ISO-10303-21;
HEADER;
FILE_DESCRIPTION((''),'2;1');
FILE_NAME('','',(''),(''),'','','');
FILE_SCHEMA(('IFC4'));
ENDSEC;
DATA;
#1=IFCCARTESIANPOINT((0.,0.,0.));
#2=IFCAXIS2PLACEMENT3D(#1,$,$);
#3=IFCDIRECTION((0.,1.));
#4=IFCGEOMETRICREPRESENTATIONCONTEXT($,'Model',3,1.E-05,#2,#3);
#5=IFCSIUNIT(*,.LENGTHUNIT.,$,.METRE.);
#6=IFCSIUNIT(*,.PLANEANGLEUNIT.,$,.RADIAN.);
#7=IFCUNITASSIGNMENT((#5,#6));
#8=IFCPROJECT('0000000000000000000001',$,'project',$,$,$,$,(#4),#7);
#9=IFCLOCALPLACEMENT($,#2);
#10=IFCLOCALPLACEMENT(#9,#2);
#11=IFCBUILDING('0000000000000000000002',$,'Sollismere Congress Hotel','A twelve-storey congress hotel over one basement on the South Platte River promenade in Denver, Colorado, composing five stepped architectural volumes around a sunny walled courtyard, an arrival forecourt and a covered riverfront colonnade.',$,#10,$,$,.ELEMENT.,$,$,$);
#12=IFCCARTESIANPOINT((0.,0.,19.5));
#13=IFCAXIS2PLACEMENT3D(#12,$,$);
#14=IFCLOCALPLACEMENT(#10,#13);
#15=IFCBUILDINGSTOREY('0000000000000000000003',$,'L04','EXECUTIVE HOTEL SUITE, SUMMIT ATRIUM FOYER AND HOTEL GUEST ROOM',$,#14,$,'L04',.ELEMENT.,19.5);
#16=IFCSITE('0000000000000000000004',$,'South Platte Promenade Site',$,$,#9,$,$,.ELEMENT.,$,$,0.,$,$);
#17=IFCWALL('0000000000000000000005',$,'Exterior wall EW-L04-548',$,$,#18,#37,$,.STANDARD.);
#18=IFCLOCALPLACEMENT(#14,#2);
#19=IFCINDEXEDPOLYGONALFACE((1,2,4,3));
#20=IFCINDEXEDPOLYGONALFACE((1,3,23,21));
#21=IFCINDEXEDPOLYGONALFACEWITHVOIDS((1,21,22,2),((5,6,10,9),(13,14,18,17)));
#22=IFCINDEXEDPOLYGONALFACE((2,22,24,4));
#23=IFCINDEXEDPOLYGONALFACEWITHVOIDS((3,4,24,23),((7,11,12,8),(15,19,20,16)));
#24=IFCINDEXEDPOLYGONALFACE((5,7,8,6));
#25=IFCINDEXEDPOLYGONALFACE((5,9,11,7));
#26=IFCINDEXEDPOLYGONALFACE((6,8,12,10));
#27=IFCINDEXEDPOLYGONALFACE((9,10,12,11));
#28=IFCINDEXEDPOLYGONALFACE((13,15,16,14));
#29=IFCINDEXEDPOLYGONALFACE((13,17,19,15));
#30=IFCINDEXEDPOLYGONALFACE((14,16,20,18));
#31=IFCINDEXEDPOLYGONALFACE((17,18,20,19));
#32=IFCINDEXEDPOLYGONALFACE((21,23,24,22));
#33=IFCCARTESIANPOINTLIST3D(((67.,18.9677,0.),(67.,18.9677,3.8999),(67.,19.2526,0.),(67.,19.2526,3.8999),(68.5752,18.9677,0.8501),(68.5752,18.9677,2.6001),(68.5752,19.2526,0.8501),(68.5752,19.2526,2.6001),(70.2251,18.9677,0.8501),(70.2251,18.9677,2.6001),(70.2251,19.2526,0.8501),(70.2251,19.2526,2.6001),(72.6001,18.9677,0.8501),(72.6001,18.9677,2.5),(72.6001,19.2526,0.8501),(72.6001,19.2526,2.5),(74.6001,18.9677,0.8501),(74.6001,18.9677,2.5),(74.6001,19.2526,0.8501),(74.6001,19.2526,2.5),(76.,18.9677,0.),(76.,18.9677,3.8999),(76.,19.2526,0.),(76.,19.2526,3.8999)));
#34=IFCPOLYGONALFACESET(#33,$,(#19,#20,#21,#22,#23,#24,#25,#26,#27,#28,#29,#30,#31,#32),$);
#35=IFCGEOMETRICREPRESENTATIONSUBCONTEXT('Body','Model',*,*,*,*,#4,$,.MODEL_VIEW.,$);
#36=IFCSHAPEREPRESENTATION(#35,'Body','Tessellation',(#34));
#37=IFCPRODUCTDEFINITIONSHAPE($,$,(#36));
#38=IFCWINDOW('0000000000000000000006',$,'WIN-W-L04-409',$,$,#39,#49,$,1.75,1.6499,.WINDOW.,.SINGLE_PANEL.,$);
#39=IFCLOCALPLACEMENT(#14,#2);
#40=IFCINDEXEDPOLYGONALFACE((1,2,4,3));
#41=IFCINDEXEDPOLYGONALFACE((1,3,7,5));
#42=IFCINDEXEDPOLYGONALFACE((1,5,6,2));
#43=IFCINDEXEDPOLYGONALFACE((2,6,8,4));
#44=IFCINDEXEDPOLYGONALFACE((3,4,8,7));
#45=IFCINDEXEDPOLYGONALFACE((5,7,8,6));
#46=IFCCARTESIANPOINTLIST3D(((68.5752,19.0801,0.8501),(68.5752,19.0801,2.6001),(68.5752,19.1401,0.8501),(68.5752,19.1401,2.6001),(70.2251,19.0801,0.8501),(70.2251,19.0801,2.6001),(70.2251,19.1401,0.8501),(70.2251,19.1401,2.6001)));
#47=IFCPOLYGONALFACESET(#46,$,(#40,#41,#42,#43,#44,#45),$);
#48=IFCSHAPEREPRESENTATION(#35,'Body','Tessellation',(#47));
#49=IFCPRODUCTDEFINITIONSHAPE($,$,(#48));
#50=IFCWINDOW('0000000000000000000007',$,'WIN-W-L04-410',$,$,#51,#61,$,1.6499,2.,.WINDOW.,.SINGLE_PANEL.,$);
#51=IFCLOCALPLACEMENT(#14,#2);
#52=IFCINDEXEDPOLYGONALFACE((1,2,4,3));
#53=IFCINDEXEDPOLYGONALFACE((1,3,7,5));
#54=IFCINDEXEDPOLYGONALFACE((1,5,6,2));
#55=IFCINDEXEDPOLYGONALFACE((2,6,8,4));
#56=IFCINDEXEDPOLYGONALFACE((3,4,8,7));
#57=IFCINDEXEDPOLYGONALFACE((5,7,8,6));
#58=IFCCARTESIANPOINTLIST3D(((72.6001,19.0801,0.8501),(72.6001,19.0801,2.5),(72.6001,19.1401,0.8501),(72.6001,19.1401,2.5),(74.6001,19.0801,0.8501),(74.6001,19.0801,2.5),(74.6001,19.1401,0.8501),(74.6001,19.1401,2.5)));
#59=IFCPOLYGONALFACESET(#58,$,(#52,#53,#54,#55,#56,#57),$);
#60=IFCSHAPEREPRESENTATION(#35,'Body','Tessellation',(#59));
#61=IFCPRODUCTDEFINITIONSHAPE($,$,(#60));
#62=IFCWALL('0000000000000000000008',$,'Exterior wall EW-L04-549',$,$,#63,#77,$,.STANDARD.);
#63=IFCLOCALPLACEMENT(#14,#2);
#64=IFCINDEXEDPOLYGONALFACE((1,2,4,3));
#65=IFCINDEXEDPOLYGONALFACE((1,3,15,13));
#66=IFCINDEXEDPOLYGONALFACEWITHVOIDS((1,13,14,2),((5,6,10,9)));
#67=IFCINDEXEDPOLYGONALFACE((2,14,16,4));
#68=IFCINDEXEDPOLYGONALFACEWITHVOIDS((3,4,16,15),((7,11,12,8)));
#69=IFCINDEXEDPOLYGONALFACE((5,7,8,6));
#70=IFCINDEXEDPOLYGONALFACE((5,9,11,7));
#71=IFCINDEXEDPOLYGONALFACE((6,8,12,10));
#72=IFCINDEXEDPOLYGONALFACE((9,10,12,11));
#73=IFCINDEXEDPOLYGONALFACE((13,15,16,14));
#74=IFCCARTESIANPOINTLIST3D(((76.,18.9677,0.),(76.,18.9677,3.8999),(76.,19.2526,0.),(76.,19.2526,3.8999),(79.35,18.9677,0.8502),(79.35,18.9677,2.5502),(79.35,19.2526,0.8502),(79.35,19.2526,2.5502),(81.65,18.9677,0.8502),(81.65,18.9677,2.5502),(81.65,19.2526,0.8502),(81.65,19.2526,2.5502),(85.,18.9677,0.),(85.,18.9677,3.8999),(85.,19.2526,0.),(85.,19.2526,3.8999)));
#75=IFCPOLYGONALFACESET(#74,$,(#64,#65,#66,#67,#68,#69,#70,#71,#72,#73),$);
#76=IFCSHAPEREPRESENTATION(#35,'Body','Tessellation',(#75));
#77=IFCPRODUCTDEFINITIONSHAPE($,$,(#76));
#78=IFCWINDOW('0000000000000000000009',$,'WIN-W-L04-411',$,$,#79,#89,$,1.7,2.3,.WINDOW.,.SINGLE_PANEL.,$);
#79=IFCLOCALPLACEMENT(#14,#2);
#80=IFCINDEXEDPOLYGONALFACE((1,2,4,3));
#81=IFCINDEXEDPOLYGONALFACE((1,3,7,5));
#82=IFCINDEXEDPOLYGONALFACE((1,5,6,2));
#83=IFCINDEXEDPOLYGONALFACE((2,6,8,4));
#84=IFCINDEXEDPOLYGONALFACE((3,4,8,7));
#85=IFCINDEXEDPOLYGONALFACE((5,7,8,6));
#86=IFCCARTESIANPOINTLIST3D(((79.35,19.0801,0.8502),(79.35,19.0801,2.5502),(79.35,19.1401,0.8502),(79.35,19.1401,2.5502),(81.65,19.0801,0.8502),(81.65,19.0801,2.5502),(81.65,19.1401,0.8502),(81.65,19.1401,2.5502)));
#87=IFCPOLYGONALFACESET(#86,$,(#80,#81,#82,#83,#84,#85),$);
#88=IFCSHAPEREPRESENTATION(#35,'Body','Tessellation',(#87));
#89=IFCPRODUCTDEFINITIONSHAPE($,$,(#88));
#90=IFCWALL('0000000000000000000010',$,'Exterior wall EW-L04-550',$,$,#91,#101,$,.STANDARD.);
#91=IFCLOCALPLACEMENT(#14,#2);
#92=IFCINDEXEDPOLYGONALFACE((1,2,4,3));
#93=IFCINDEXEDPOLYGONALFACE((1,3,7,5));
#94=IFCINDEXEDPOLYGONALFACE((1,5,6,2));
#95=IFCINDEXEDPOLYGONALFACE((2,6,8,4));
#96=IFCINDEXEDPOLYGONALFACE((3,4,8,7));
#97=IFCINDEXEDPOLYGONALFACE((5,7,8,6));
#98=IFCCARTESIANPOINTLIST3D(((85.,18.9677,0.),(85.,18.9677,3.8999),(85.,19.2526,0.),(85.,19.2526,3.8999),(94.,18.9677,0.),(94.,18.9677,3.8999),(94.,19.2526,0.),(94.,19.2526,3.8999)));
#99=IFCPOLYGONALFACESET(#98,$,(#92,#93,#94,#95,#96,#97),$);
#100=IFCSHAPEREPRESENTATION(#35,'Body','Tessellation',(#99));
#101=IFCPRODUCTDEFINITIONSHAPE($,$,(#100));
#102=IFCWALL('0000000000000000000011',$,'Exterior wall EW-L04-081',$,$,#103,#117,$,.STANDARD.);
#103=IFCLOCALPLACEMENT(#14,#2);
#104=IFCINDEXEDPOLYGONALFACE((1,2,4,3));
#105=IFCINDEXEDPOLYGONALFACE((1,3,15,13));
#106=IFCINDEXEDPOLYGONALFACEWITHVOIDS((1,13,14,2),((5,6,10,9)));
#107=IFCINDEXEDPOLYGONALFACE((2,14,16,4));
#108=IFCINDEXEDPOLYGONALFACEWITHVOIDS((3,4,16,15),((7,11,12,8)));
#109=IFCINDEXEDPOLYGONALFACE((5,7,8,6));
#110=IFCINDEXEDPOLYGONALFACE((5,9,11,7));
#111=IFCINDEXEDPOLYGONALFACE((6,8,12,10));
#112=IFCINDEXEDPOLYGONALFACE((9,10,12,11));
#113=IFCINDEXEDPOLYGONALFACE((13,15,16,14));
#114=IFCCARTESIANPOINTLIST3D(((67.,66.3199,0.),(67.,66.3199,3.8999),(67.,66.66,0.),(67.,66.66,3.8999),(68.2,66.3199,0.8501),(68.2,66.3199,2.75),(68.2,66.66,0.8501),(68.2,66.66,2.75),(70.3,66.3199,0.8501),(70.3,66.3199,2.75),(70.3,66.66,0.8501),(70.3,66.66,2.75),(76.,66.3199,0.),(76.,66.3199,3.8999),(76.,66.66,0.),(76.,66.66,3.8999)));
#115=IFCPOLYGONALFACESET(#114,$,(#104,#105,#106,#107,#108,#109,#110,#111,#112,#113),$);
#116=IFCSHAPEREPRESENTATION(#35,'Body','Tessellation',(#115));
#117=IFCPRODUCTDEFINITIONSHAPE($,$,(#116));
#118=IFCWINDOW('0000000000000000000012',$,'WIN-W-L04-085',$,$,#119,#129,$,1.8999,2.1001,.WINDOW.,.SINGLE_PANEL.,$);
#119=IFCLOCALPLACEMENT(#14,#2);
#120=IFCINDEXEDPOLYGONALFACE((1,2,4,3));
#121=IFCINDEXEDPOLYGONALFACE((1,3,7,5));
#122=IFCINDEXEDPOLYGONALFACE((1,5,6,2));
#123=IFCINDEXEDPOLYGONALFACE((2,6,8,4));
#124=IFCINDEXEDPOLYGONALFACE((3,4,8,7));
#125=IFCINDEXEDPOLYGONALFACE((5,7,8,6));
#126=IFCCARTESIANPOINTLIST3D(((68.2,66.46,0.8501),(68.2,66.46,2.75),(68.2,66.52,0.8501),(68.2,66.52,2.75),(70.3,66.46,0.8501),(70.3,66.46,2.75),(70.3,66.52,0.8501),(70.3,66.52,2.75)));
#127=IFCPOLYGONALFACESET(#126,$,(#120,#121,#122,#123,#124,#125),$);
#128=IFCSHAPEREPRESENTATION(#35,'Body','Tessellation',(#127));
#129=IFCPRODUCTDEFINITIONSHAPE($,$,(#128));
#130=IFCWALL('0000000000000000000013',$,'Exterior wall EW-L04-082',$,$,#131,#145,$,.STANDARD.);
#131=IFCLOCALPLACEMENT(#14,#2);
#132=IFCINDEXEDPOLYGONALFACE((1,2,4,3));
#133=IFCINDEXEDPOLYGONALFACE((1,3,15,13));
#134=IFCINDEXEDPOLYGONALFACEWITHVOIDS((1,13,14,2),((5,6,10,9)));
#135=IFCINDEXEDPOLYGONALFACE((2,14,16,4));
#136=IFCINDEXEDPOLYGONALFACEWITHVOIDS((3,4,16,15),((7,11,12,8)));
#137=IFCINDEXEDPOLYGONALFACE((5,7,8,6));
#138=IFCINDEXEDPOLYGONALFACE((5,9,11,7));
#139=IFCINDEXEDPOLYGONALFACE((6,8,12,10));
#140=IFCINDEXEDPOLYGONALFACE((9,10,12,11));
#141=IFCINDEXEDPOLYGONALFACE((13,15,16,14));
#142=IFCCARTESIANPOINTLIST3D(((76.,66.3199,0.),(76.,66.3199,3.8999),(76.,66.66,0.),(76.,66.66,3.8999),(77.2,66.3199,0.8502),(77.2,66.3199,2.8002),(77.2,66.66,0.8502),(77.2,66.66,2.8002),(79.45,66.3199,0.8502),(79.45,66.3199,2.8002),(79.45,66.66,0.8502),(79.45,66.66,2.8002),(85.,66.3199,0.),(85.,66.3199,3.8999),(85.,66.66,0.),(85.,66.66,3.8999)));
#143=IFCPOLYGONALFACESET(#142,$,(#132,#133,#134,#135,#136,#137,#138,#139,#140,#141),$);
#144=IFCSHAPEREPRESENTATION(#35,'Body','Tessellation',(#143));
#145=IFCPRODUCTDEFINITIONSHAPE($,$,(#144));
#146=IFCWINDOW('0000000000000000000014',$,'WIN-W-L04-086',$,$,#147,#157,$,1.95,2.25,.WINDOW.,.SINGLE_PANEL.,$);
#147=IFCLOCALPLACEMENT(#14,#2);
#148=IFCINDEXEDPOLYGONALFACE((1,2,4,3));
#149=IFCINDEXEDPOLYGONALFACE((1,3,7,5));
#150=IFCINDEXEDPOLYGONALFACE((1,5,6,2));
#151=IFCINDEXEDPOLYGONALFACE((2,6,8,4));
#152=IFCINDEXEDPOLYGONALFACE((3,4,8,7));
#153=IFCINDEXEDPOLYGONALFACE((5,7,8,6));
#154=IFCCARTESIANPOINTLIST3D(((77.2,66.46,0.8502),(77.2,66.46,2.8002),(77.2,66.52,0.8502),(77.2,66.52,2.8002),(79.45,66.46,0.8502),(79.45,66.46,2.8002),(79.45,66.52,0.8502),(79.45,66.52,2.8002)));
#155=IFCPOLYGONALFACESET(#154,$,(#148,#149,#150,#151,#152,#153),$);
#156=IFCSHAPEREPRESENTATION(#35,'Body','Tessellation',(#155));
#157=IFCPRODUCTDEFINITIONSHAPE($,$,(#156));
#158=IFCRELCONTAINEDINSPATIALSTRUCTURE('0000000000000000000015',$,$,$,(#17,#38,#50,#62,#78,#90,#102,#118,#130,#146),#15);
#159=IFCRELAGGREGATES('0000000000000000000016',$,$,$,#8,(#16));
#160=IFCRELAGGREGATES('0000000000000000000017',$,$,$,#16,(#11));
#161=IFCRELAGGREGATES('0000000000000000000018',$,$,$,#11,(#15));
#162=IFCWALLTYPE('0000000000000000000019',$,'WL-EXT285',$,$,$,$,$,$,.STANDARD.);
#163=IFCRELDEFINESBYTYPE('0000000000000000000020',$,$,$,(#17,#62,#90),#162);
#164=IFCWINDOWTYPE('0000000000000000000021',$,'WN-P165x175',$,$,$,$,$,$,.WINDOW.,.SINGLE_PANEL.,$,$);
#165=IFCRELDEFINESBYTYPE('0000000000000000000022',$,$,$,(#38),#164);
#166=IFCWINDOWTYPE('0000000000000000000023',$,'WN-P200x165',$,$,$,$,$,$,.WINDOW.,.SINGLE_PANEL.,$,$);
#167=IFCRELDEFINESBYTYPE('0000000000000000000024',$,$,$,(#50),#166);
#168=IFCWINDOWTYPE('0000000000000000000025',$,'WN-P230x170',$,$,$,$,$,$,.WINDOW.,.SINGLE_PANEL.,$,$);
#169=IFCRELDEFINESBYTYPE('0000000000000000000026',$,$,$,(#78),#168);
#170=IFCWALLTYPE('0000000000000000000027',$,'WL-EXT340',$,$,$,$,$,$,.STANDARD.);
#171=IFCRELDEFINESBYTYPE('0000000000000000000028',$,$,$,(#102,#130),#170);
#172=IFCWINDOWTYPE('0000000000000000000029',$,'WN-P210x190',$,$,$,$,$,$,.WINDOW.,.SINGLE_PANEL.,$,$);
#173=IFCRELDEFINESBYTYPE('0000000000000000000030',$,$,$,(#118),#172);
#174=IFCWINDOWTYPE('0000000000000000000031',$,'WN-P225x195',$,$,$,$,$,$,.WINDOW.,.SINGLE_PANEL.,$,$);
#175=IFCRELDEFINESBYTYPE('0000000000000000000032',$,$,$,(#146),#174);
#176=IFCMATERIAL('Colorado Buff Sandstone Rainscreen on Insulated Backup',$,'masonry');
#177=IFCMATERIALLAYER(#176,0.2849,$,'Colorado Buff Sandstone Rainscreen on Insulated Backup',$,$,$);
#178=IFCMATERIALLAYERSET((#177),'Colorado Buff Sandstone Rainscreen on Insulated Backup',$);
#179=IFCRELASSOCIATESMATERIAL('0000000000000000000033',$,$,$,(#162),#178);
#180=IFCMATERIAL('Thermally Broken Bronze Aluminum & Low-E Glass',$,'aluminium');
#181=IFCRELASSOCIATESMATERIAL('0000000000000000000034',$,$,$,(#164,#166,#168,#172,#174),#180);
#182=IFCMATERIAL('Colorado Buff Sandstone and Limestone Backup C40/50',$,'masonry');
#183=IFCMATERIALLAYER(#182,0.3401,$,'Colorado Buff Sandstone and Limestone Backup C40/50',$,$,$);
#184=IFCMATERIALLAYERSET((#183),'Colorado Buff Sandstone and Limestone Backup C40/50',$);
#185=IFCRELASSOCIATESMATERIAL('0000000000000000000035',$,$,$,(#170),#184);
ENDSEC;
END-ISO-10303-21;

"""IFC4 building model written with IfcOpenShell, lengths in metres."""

from ifc_helpers import new_model, si_unit, direction, frame, frame_2d, origin, place, context, subcontext, project, spatial, rectangle, extrude, material, layer, layer_set, type_object, element, fill, save


model = new_model("IFC4")

# Units and contexts
model_context = context("Model", 3, precision=1e-05, world=origin(), true_north=direction((0.0, 1.0)))
body_context = subcontext(model_context, "Body", "Model", "MODEL_VIEW")
ifc_project = project(units=[si_unit("LENGTHUNIT", "METRE"), si_unit("PLANEANGLEUNIT", "RADIAN")], contexts=[model_context])

# Site, building, storey
site_placement = place(None, origin())
site = spatial("IfcSite", under=ifc_project, at=site_placement, Name="South Platte Promenade Site", CompositionType="ELEMENT", RefElevation=0.0)
building_placement = place(site_placement, origin())
building = spatial("IfcBuilding", under=site, at=building_placement, Name="Sollismere Congress Hotel", Description="A twelve-storey congress hotel over one basement on the South Platte River promenade in Denver, Colorado, composing five stepped architectural volumes around a sunny walled courtyard, an arrival forecourt and a covered riverfront colonnade.", CompositionType="ELEMENT")
storey_placement = place(building_placement, frame((0.0, 0.0, 19.5)))
storey = spatial("IfcBuildingStorey", under=building, at=storey_placement, Name="L04", Description="EXECUTIVE HOTEL SUITE, SUMMIT ATRIUM FOYER AND HOTEL GUEST ROOM", LongName="L04", CompositionType="ELEMENT", Elevation=19.5)

# Shared definitions
ifc_material_1 = material(Name="Colorado Buff Sandstone Rainscreen on Insulated Backup", Category="masonry")
ifc_layer_1 = layer(ifc_material_1, 0.2849, Name="Colorado Buff Sandstone Rainscreen on Insulated Backup")
ifc_layer_set_1 = layer_set([ifc_layer_1], Name="Colorado Buff Sandstone Rainscreen on Insulated Backup")
wall_type_1 = type_object("IfcWallType", Name="WL-EXT285", PredefinedType="STANDARD", material=ifc_layer_set_1)

# Wall, openings, windows
wall_1_placement = place(storey_placement, frame((76.0, 19.1101, 0.0), z_axis=(0.0, 0.0, 1.0), x_axis=(-1.0, 0.0, 0.0)))
wall_1 = element("IfcWall", 1, at=wall_1_placement, inside=storey, type_object=wall_type_1, Name="Exterior wall EW-L04-548", PredefinedType="STANDARD", context=body_context, shape_type="SweptSolid", body=[
    extrude(rectangle(XDim=9.0, YDim=0.2849, at=frame_2d((4.5, 0.0))), origin(), (0.0, 0.0, 1.0), 3.8999),
])
opening_1_placement = place(wall_1_placement, frame((5.7749, 0.0, 0.8501)))
opening_1 = element("IfcOpeningElement", 2, at=opening_1_placement, cuts=wall_1, PredefinedType="OPENING", context=body_context, shape_type="SweptSolid", body=[
    extrude(rectangle(XDim=1.6499, YDim=1.75, at=frame_2d((0.825, 0.875))), frame((0.0, 0.1523, 0.0), z_axis=(0.0, -1.0, 0.0), x_axis=(1.0, 0.0, 0.0)), (0.0, 0.0, 1.0), 0.3049),
])
opening_2_placement = place(wall_1_placement, frame((1.3999, 0.0, 0.8501)))
opening_2 = element("IfcOpeningElement", 3, at=opening_2_placement, cuts=wall_1, PredefinedType="OPENING", context=body_context, shape_type="SweptSolid", body=[
    extrude(rectangle(XDim=2.0, YDim=1.6499, at=frame_2d((1.0, 0.825))), frame((0.0, 0.1523, 0.0), z_axis=(0.0, -1.0, 0.0), x_axis=(1.0, 0.0, 0.0)), (0.0, 0.0, 1.0), 0.3049),
])
ifc_material_2 = material(Name="Thermally Broken Bronze Aluminum & Low-E Glass", Category="aluminium")
window_type_1 = type_object("IfcWindowType", Name="WN-P165x175", PartitioningType="SINGLE_PANEL", PredefinedType="WINDOW", material=ifc_material_2)
window_1_placement = place(opening_1_placement, origin())
window_1 = element("IfcWindow", 4, at=window_1_placement, inside=storey, type_object=window_type_1, Name="WIN-W-L04-409", OverallHeight=1.75, OverallWidth=1.6499, PartitioningType="SINGLE_PANEL", PredefinedType="WINDOW", context=body_context, shape_type="SweptSolid", body=[
    extrude(rectangle(XDim=1.6499, YDim=1.75, at=frame_2d((0.825, 0.875))), frame((0.0, 0.03, 0.0), z_axis=(0.0, -1.0, 0.0), x_axis=(1.0, 0.0, 0.0)), (0.0, 0.0, 1.0), 0.0601),
])
fill(opening_1, window_1)
window_type_2 = type_object("IfcWindowType", Name="WN-P200x165", PartitioningType="SINGLE_PANEL", PredefinedType="WINDOW", material=ifc_material_2)
window_2_placement = place(opening_2_placement, origin())
window_2 = element("IfcWindow", 5, at=window_2_placement, inside=storey, type_object=window_type_2, Name="WIN-W-L04-410", OverallHeight=1.6499, OverallWidth=2.0, PartitioningType="SINGLE_PANEL", PredefinedType="WINDOW", context=body_context, shape_type="SweptSolid", body=[
    extrude(rectangle(XDim=2.0, YDim=1.6499, at=frame_2d((1.0, 0.825))), frame((0.0, 0.03, 0.0), z_axis=(0.0, -1.0, 0.0), x_axis=(1.0, 0.0, 0.0)), (0.0, 0.0, 1.0), 0.0601),
])
fill(opening_2, window_2)

# Wall, opening, window
wall_2_placement = place(storey_placement, frame((85.0, 19.1101, 0.0), z_axis=(0.0, 0.0, 1.0), x_axis=(-1.0, 0.0, 0.0)))
wall_2 = element("IfcWall", 6, at=wall_2_placement, inside=storey, type_object=wall_type_1, Name="Exterior wall EW-L04-549", PredefinedType="STANDARD", context=body_context, shape_type="SweptSolid", body=[
    extrude(rectangle(XDim=9.0, YDim=0.2849, at=frame_2d((4.5, 0.0))), origin(), (0.0, 0.0, 1.0), 3.8999),
])
opening_3_placement = place(wall_2_placement, frame((3.3501, 0.0, 0.8501)))
opening_3 = element("IfcOpeningElement", 7, at=opening_3_placement, cuts=wall_2, PredefinedType="OPENING", context=body_context, shape_type="SweptSolid", body=[
    extrude(rectangle(XDim=2.3, YDim=1.7, at=frame_2d((1.1499, 0.8501))), frame((0.0, 0.1523, 0.0), z_axis=(0.0, -1.0, 0.0), x_axis=(1.0, 0.0, 0.0)), (0.0, 0.0, 1.0), 0.3049),
])
window_type_3 = type_object("IfcWindowType", Name="WN-P230x170", PartitioningType="SINGLE_PANEL", PredefinedType="WINDOW", material=ifc_material_2)
window_3_placement = place(opening_3_placement, origin())
window_3 = element("IfcWindow", 8, at=window_3_placement, inside=storey, type_object=window_type_3, Name="WIN-W-L04-411", OverallHeight=1.7, OverallWidth=2.3, PartitioningType="SINGLE_PANEL", PredefinedType="WINDOW", context=body_context, shape_type="SweptSolid", body=[
    extrude(rectangle(XDim=2.3, YDim=1.7, at=frame_2d((1.1499, 0.8501))), frame((0.0, 0.03, 0.0), z_axis=(0.0, -1.0, 0.0), x_axis=(1.0, 0.0, 0.0)), (0.0, 0.0, 1.0), 0.0601),
])
fill(opening_3, window_3)

# Wall
wall_3_placement = place(storey_placement, frame((94.0, 19.1101, 0.0), z_axis=(0.0, 0.0, 1.0), x_axis=(-1.0, 0.0, 0.0)))
element("IfcWall", 9, at=wall_3_placement, inside=storey, type_object=wall_type_1, Name="Exterior wall EW-L04-550", PredefinedType="STANDARD", context=body_context, shape_type="SweptSolid", body=[
    extrude(rectangle(XDim=9.0, YDim=0.2849, at=frame_2d((4.5, 0.0))), origin(), (0.0, 0.0, 1.0), 3.8999),
])

# Walls, openings, windows
ifc_material_3 = material(Name="Colorado Buff Sandstone and Limestone Backup C40/50", Category="masonry")
ifc_layer_2 = layer(ifc_material_3, 0.3401, Name="Colorado Buff Sandstone and Limestone Backup C40/50")
ifc_layer_set_2 = layer_set([ifc_layer_2], Name="Colorado Buff Sandstone and Limestone Backup C40/50")
wall_type_2 = type_object("IfcWallType", Name="WL-EXT340", PredefinedType="STANDARD", material=ifc_layer_set_2)
wall_4_placement = place(storey_placement, frame((67.0, 66.49, 0.0), z_axis=(0.0, 0.0, 1.0), x_axis=(1.0, 0.0, 0.0)))
wall_4 = element("IfcWall", 10, at=wall_4_placement, inside=storey, type_object=wall_type_2, Name="Exterior wall EW-L04-081", PredefinedType="STANDARD", context=body_context, shape_type="SweptSolid", body=[
    extrude(rectangle(XDim=9.0, YDim=0.3401, at=frame_2d((4.5, 0.0))), origin(), (0.0, 0.0, 1.0), 3.8999),
])
opening_4_placement = place(wall_4_placement, frame((1.2, 0.0, 0.8501)))
opening_4 = element("IfcOpeningElement", 11, at=opening_4_placement, cuts=wall_4, PredefinedType="OPENING", context=body_context, shape_type="SweptSolid", body=[
    extrude(rectangle(XDim=2.1001, YDim=1.8999, at=frame_2d((1.05, 0.95))), frame((0.0, 0.1799, 0.0), z_axis=(0.0, -1.0, 0.0), x_axis=(1.0, 0.0, 0.0)), (0.0, 0.0, 1.0), 0.3601),
])
window_type_4 = type_object("IfcWindowType", Name="WN-P210x190", PartitioningType="SINGLE_PANEL", PredefinedType="WINDOW", material=ifc_material_2)
window_4_placement = place(opening_4_placement, origin())
window_4 = element("IfcWindow", 12, at=window_4_placement, inside=storey, type_object=window_type_4, Name="WIN-W-L04-085", OverallHeight=1.8999, OverallWidth=2.1001, PartitioningType="SINGLE_PANEL", PredefinedType="WINDOW", context=body_context, shape_type="SweptSolid", body=[
    extrude(rectangle(XDim=2.1001, YDim=1.8999, at=frame_2d((1.05, 0.95))), frame((0.0, 0.03, 0.0), z_axis=(0.0, -1.0, 0.0), x_axis=(1.0, 0.0, 0.0)), (0.0, 0.0, 1.0), 0.0601),
])
fill(opening_4, window_4)
wall_5_placement = place(storey_placement, frame((76.0, 66.49, 0.0), z_axis=(0.0, 0.0, 1.0), x_axis=(1.0, 0.0, 0.0)))
wall_5 = element("IfcWall", 13, at=wall_5_placement, inside=storey, type_object=wall_type_2, Name="Exterior wall EW-L04-082", PredefinedType="STANDARD", context=body_context, shape_type="SweptSolid", body=[
    extrude(rectangle(XDim=9.0, YDim=0.3401, at=frame_2d((4.5, 0.0))), origin(), (0.0, 0.0, 1.0), 3.8999),
])
opening_5_placement = place(wall_5_placement, frame((1.2, 0.0, 0.8501)))
opening_5 = element("IfcOpeningElement", 14, at=opening_5_placement, cuts=wall_5, PredefinedType="OPENING", context=body_context, shape_type="SweptSolid", body=[
    extrude(rectangle(XDim=2.25, YDim=1.95, at=frame_2d((1.125, 0.9751))), frame((0.0, 0.1799, 0.0), z_axis=(0.0, -1.0, 0.0), x_axis=(1.0, 0.0, 0.0)), (0.0, 0.0, 1.0), 0.3601),
])
window_type_5 = type_object("IfcWindowType", Name="WN-P225x195", PartitioningType="SINGLE_PANEL", PredefinedType="WINDOW", material=ifc_material_2)
window_5_placement = place(opening_5_placement, origin())
window_5 = element("IfcWindow", 15, at=window_5_placement, inside=storey, type_object=window_type_5, Name="WIN-W-L04-086", OverallHeight=1.95, OverallWidth=2.25, PartitioningType="SINGLE_PANEL", PredefinedType="WINDOW", context=body_context, shape_type="SweptSolid", body=[
    extrude(rectangle(XDim=2.25, YDim=1.95, at=frame_2d((1.125, 0.9751))), frame((0.0, 0.03, 0.0), z_axis=(0.0, -1.0, 0.0), x_axis=(1.0, 0.0, 0.0)), (0.0, 0.0, 1.0), 0.0601),
])
fill(opening_5, window_5)

save(model, "model.ifc")
